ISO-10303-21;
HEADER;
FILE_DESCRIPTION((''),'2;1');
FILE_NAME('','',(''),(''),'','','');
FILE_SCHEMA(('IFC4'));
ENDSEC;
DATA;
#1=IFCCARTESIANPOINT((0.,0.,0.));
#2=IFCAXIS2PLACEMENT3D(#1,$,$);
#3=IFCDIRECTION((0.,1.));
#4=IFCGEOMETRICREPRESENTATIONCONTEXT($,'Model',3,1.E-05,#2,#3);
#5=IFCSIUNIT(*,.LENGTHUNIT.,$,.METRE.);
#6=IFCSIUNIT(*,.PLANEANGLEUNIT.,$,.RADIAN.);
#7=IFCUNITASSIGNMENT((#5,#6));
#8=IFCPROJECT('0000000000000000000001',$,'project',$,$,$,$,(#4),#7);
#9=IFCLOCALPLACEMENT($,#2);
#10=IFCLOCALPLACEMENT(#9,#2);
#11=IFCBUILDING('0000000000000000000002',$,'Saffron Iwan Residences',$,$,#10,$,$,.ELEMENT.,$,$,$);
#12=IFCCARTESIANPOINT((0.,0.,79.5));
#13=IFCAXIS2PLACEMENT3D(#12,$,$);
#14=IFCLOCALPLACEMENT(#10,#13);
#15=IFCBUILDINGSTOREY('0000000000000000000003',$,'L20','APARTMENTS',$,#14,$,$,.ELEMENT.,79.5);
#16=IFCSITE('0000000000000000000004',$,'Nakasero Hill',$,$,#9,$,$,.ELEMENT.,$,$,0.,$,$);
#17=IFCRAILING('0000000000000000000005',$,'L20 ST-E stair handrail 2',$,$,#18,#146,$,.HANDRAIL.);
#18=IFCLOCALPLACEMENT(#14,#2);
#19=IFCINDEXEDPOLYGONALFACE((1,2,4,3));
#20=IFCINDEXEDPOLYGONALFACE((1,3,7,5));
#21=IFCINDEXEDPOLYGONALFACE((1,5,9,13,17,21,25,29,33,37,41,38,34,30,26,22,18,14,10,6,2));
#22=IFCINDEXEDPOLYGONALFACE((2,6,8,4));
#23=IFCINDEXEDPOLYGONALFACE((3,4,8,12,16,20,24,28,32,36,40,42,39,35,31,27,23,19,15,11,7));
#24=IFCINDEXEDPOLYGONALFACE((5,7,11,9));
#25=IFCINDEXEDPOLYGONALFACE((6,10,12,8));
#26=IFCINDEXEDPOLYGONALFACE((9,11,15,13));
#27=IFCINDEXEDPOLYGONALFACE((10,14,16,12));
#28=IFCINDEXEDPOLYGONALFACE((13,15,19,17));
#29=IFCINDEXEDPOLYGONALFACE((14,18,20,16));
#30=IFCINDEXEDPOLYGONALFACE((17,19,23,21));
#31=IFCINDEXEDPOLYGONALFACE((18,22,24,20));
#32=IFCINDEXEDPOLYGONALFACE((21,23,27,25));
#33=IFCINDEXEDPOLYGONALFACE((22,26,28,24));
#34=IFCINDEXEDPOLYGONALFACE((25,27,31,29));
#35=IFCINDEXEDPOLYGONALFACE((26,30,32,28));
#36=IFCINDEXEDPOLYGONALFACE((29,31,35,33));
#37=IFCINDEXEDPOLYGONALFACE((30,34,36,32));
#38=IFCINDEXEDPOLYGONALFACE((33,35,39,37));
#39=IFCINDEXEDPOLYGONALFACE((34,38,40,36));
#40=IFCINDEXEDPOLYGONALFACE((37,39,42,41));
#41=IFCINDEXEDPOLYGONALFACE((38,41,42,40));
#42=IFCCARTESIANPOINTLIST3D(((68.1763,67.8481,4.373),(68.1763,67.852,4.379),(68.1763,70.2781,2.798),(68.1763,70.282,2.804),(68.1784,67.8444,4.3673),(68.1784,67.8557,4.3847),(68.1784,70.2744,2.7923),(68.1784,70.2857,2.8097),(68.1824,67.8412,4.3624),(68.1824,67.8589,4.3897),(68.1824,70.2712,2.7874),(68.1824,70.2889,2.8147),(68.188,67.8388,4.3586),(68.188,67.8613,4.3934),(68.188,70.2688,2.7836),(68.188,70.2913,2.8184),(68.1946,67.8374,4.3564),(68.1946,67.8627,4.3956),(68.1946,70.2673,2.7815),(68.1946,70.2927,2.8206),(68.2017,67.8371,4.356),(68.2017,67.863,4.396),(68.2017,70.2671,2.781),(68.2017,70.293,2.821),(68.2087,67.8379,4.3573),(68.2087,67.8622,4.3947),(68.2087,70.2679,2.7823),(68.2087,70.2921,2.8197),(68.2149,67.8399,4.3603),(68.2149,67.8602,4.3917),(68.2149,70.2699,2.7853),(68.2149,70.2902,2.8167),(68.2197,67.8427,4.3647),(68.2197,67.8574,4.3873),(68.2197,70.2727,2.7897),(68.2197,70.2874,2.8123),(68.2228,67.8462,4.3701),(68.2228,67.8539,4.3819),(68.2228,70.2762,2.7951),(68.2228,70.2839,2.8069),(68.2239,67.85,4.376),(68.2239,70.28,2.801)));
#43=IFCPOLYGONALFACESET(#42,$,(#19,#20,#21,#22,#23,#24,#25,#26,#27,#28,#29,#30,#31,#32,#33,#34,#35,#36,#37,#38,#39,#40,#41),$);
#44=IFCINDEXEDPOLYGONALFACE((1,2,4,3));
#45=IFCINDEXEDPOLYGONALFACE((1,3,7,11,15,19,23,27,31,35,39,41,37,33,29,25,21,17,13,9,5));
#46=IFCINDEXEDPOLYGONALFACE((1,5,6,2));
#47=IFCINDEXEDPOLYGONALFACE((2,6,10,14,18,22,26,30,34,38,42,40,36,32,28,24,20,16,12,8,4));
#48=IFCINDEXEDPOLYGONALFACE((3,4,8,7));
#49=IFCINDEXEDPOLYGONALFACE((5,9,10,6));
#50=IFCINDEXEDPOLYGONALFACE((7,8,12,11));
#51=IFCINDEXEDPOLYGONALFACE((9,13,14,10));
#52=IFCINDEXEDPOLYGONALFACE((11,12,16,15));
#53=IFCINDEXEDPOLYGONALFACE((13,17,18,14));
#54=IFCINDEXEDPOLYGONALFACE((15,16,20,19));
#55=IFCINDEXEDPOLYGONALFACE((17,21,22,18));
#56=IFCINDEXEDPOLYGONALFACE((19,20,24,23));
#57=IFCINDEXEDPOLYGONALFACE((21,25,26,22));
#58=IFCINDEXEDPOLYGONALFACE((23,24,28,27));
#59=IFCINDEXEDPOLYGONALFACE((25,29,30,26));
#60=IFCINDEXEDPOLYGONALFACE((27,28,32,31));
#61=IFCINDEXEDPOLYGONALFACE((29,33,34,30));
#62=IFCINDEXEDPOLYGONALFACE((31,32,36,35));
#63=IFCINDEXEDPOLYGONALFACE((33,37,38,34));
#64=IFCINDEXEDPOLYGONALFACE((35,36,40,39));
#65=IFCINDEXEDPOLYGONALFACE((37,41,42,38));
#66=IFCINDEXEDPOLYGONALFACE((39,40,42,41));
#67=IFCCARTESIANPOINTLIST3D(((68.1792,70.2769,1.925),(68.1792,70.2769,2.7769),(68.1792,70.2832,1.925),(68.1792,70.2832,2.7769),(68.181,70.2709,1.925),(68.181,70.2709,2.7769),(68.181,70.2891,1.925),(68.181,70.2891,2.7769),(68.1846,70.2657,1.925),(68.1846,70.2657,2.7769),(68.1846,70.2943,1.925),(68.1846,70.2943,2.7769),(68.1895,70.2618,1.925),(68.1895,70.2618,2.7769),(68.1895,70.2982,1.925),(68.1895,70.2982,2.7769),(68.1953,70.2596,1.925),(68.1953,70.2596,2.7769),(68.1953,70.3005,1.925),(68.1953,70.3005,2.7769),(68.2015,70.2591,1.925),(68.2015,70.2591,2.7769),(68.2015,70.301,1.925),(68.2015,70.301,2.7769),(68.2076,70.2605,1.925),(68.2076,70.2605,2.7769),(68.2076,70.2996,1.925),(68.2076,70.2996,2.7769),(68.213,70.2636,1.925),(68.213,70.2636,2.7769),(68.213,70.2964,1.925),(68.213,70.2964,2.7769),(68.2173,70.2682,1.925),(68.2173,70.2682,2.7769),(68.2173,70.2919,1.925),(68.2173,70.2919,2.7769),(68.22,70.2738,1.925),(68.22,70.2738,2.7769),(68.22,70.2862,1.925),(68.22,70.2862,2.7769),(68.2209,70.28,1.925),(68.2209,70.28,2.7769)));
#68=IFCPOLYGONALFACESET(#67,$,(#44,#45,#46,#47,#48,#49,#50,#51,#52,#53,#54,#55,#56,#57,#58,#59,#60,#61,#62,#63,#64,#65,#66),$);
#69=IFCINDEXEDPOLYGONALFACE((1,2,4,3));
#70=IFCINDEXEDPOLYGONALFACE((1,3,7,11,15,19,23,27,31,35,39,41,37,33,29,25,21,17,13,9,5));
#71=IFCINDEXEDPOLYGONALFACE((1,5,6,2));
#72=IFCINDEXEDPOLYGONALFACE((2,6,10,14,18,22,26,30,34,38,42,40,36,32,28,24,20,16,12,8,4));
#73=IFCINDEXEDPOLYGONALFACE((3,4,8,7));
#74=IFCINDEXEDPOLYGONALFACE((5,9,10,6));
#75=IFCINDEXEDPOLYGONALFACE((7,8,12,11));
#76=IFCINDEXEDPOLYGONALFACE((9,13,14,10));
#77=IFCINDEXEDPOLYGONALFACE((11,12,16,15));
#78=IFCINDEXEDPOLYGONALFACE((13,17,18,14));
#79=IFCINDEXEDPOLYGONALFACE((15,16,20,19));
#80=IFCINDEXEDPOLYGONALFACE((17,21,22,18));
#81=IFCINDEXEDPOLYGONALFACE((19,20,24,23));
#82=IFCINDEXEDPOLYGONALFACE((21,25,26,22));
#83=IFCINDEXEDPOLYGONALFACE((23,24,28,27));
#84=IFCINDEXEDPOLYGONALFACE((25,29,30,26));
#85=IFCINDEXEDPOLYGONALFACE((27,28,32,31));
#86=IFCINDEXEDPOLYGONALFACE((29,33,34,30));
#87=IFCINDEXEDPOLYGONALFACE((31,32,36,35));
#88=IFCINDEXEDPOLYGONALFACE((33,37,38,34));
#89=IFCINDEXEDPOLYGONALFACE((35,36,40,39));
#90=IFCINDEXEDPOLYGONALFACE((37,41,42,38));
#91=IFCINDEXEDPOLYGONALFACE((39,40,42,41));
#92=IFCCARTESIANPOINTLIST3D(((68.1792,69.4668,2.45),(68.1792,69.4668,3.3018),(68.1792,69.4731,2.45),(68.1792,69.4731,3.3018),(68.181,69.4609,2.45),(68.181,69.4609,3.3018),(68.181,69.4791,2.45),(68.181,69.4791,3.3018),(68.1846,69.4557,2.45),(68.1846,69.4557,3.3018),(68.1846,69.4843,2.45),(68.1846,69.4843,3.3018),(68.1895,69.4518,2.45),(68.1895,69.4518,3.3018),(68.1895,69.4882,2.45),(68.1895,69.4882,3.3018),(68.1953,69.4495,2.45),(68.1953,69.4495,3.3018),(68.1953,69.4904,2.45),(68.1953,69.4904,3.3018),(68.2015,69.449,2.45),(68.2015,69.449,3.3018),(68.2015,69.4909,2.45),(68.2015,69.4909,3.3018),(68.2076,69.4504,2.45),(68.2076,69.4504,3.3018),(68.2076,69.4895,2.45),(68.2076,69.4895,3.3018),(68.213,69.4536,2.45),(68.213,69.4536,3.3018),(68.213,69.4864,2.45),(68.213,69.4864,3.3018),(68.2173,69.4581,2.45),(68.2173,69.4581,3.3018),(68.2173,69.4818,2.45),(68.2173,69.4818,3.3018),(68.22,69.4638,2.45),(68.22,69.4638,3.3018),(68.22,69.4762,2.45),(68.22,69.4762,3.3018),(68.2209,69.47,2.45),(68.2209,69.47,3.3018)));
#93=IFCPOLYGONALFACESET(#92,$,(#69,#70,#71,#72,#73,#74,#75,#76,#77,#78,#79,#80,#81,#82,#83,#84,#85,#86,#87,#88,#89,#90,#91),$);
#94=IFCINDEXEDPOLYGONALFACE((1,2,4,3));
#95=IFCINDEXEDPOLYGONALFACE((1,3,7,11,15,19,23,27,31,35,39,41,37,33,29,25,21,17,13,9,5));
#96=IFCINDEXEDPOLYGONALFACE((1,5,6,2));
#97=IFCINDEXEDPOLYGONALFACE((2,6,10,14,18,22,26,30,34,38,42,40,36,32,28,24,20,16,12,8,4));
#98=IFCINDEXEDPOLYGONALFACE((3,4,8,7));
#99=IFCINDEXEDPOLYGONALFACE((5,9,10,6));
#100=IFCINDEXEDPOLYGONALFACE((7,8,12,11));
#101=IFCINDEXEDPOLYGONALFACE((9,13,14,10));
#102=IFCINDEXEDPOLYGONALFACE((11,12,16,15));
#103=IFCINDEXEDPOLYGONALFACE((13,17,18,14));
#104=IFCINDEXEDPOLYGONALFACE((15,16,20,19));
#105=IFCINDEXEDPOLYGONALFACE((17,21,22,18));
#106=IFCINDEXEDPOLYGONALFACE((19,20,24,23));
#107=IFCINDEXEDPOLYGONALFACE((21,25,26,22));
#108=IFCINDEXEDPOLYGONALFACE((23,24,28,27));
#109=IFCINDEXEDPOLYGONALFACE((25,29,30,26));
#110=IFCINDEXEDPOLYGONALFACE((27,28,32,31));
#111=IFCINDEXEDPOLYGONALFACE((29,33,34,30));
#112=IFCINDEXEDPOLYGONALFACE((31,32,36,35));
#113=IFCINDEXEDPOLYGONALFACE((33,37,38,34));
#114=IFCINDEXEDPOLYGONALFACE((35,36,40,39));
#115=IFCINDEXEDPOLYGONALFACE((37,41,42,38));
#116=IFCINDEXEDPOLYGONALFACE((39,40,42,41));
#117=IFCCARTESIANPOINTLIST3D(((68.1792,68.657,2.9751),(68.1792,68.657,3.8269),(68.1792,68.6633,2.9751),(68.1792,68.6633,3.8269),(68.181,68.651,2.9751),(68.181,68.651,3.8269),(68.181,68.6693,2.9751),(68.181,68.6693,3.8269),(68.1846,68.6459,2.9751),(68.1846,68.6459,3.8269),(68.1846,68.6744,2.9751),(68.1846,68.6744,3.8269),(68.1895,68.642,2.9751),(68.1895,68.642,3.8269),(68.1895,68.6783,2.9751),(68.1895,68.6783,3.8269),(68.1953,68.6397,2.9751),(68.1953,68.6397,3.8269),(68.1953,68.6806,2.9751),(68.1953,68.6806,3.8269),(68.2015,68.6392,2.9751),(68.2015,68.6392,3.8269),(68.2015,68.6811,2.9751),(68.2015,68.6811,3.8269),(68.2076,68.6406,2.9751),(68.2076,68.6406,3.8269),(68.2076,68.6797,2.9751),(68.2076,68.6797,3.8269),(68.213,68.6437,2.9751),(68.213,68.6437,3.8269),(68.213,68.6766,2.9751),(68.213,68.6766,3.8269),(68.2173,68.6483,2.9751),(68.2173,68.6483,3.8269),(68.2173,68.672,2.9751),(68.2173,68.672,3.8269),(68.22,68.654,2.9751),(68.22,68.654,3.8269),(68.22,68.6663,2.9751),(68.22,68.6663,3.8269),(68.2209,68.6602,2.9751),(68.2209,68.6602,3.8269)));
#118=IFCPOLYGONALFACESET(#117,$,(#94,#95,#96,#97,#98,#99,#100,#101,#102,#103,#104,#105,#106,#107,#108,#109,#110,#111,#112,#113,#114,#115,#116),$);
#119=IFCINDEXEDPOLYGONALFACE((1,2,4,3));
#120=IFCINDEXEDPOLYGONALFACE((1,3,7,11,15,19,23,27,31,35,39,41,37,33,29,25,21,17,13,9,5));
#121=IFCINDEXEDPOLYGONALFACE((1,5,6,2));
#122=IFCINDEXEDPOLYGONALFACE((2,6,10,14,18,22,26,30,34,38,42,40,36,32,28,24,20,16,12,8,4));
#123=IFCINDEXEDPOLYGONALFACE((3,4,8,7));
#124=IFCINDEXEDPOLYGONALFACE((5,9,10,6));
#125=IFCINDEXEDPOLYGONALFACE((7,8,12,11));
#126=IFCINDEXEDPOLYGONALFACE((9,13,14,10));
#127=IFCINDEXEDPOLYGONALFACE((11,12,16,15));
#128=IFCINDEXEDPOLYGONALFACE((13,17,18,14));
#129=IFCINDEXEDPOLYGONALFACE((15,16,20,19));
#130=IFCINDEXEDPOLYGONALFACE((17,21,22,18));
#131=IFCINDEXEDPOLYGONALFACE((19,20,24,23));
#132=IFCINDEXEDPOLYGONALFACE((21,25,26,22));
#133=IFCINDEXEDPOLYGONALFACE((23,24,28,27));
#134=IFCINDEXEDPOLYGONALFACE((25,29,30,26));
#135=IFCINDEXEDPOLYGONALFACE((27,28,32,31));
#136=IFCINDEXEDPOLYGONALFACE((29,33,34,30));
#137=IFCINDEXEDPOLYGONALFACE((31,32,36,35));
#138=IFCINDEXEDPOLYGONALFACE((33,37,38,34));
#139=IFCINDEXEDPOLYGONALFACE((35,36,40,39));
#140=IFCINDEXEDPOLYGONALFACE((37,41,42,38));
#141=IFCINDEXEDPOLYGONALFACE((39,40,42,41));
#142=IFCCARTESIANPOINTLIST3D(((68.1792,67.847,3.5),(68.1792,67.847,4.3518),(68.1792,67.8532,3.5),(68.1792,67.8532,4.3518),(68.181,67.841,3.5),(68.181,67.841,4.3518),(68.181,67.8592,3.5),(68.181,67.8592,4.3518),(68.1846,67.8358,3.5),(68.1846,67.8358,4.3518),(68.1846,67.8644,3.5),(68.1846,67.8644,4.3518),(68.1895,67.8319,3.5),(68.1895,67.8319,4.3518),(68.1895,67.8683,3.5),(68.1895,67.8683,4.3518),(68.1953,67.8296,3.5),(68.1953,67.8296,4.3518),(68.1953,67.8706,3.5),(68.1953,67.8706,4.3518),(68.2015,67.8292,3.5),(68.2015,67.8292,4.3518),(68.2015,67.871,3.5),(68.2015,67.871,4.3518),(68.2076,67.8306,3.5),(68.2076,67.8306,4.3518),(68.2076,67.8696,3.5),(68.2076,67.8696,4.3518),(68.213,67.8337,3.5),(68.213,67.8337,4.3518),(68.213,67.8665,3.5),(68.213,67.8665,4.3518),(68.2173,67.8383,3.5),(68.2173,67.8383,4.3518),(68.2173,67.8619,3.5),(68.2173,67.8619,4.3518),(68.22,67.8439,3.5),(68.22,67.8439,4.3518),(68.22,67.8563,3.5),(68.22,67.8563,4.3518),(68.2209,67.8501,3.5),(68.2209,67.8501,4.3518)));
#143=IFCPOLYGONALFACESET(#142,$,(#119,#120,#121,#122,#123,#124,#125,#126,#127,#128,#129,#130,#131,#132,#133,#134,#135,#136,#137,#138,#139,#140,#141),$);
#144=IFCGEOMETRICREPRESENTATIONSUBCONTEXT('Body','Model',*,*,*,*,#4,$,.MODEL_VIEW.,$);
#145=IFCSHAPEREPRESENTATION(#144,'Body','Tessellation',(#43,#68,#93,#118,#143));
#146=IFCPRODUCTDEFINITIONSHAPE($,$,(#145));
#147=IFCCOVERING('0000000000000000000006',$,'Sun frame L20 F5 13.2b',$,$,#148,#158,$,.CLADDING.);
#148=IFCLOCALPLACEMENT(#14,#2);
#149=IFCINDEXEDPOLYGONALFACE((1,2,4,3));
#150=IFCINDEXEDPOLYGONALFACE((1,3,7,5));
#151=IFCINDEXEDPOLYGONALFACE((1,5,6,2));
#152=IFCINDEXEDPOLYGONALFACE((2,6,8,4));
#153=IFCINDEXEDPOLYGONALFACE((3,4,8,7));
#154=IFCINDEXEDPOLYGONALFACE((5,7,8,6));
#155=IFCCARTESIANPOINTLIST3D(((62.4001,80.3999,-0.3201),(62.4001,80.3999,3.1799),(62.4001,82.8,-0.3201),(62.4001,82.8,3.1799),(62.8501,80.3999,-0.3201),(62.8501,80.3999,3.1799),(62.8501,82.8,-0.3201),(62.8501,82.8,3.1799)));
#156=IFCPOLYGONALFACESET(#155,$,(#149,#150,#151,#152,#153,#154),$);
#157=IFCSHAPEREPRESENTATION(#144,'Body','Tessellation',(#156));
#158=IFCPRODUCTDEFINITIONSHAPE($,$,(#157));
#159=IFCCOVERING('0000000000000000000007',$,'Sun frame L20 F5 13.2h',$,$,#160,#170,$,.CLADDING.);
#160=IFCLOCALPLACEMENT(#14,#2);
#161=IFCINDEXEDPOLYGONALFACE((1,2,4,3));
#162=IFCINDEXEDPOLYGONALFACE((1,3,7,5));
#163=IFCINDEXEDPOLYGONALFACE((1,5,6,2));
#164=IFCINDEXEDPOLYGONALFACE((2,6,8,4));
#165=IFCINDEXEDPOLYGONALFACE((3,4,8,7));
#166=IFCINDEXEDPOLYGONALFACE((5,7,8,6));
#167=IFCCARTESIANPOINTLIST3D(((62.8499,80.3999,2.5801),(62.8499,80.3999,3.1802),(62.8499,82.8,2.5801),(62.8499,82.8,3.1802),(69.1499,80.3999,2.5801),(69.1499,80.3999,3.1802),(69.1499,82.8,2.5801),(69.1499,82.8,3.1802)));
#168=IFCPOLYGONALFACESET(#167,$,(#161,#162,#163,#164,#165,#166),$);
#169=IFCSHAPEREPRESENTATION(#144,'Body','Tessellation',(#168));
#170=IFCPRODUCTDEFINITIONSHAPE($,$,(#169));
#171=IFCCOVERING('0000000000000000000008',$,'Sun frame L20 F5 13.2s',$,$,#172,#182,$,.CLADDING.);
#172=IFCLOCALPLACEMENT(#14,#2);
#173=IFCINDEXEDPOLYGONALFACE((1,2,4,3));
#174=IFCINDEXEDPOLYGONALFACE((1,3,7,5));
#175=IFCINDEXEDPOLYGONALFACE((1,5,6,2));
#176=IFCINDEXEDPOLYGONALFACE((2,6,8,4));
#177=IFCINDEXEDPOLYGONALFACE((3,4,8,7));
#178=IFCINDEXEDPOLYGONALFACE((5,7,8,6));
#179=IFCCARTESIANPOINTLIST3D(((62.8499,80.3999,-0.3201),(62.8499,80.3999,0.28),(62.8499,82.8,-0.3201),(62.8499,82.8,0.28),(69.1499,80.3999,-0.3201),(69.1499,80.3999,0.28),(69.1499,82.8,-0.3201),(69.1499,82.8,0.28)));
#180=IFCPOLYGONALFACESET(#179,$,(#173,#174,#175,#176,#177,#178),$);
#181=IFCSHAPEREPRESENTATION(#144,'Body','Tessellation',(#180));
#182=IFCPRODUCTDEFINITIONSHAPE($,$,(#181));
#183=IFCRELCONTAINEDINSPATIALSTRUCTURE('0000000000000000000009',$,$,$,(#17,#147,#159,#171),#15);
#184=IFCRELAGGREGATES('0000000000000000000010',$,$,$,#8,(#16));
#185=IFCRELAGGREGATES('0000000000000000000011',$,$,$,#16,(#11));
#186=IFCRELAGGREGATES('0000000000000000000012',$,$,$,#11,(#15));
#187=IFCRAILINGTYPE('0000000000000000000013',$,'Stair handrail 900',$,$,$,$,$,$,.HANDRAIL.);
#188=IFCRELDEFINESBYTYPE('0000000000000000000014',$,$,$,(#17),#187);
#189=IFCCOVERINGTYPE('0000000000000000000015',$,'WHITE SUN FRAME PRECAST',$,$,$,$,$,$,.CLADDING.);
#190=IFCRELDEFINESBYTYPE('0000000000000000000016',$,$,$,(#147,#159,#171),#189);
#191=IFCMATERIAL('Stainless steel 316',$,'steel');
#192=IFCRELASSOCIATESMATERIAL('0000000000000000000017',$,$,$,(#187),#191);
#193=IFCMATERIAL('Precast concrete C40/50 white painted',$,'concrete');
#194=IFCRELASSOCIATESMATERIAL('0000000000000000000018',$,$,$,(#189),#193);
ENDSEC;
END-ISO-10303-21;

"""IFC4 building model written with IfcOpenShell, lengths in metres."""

from ifc_helpers import new_model, si_unit, direction, frame, origin, origin_2d, place, context, subcontext, project, spatial, polyline, circle, outline, extrude, material, type_object, element, save


model = new_model("IFC4")

# Units and contexts
model_context = context("Model", 3, precision=1e-05, world=origin(), true_north=direction((0.0, 1.0)))
body_context = subcontext(model_context, "Body", "Model", "MODEL_VIEW")
ifc_project = project(units=[si_unit("LENGTHUNIT", "METRE"), si_unit("PLANEANGLEUNIT", "RADIAN")], contexts=[model_context])

# Site, building, storey
site_placement = place(None, origin())
site = spatial("IfcSite", under=ifc_project, at=site_placement, Name="Nakasero Hill", CompositionType="ELEMENT", RefElevation=0.0)
building_placement = place(site_placement, origin())
building = spatial("IfcBuilding", under=site, at=building_placement, Name="Saffron Iwan Residences", CompositionType="ELEMENT")
storey_placement = place(building_placement, frame((0.0, 0.0, 79.5)))
storey = spatial("IfcBuildingStorey", under=building, at=storey_placement, Name="L20", Description="APARTMENTS", CompositionType="ELEMENT", Elevation=79.5)

# Railing
ifc_material_1 = material(Name="Stainless steel 316", Category="steel")
railing_type = type_object("IfcRailingType", Name="Stair handrail 900", PredefinedType="HANDRAIL", material=ifc_material_1)
railing_1_placement = place(storey_placement, frame((68.2, 70.28, 1.925)))
element("IfcRailing", 1, at=railing_1_placement, inside=storey, type_object=railing_type, Name="L20 ST-E stair handrail 2", PredefinedType="HANDRAIL", context=body_context, shape_type="SweptSolid", body=[
    extrude(circle(Radius=0.0239, at=origin_2d()), frame((0.0, 0.0, 0.876), z_axis=(0.0, -0.839154, 0.543894), x_axis=(1.0, 0.0, 0.0)), (0.0, 0.0, 1.0), 2.8958),
    extrude(circle(Radius=0.021, at=origin_2d()), origin(), (0.0, 0.0, 1.0), 0.8518),
    extrude(circle(Radius=0.021, at=origin_2d()), frame((0.0, -0.8101, 0.5249)), (0.0, 0.0, 1.0), 0.8518),
    extrude(circle(Radius=0.021, at=origin_2d()), frame((0.0, -1.6199, 1.05)), (0.0, 0.0, 1.0), 0.8518),
    extrude(circle(Radius=0.021, at=origin_2d()), frame((0.0, -2.4299, 1.575)), (0.0, 0.0, 1.0), 0.8518),
])

# Coverings
ifc_material_2 = material(Name="Precast concrete C40/50 white painted", Category="concrete")
covering_type_1 = type_object("IfcCoveringType", Name="WHITE SUN FRAME PRECAST", PredefinedType="CLADDING", material=ifc_material_2)
covering_1_placement = place(storey_placement, frame((62.8501, 80.3999, -0.3201), z_axis=(0.0, 1.0, 0.0), x_axis=(-1.0, 0.0, 0.0)))
element("IfcCovering", 2, at=covering_1_placement, inside=storey, type_object=covering_type_1, Name="Sun frame L20 F5 13.2b", PredefinedType="CLADDING", context=body_context, shape_type="SweptSolid", body=[
    extrude(outline(polyline([(0.0, 0.0), (0.45, 0.0), (0.45, 3.5), (0.0, 3.5), (0.0, 0.0)])), origin(), (0.0, 0.0, 1.0), 2.4001),
])
for number, where, z_axis, x_axis, name in (
    (3, (69.1499, 80.3999, 2.5801), (0.0, 1.0, 0.0), (-1.0, 0.0, 0.0), "Sun frame L20 F5 13.2h"),
    (4, (69.1499, 80.3999, -0.3201), (0.0, 1.0, 0.0), (-1.0, 0.0, 0.0), "Sun frame L20 F5 13.2s"),
):
    element("IfcCovering", number, at=place(storey_placement, frame(where, z_axis=z_axis, x_axis=x_axis)), inside=storey, type_object=covering_type_1, Name=name, PredefinedType="CLADDING", context=body_context, shape_type="SweptSolid", body=[
        extrude(outline(polyline([(0.0, 0.0), (6.3, 0.0), (6.3, 0.6001), (0.0, 0.6001), (0.0, 0.0)])), origin(), (0.0, 0.0, 1.0), 2.4001),
    ])

save(model, "model.ifc")
